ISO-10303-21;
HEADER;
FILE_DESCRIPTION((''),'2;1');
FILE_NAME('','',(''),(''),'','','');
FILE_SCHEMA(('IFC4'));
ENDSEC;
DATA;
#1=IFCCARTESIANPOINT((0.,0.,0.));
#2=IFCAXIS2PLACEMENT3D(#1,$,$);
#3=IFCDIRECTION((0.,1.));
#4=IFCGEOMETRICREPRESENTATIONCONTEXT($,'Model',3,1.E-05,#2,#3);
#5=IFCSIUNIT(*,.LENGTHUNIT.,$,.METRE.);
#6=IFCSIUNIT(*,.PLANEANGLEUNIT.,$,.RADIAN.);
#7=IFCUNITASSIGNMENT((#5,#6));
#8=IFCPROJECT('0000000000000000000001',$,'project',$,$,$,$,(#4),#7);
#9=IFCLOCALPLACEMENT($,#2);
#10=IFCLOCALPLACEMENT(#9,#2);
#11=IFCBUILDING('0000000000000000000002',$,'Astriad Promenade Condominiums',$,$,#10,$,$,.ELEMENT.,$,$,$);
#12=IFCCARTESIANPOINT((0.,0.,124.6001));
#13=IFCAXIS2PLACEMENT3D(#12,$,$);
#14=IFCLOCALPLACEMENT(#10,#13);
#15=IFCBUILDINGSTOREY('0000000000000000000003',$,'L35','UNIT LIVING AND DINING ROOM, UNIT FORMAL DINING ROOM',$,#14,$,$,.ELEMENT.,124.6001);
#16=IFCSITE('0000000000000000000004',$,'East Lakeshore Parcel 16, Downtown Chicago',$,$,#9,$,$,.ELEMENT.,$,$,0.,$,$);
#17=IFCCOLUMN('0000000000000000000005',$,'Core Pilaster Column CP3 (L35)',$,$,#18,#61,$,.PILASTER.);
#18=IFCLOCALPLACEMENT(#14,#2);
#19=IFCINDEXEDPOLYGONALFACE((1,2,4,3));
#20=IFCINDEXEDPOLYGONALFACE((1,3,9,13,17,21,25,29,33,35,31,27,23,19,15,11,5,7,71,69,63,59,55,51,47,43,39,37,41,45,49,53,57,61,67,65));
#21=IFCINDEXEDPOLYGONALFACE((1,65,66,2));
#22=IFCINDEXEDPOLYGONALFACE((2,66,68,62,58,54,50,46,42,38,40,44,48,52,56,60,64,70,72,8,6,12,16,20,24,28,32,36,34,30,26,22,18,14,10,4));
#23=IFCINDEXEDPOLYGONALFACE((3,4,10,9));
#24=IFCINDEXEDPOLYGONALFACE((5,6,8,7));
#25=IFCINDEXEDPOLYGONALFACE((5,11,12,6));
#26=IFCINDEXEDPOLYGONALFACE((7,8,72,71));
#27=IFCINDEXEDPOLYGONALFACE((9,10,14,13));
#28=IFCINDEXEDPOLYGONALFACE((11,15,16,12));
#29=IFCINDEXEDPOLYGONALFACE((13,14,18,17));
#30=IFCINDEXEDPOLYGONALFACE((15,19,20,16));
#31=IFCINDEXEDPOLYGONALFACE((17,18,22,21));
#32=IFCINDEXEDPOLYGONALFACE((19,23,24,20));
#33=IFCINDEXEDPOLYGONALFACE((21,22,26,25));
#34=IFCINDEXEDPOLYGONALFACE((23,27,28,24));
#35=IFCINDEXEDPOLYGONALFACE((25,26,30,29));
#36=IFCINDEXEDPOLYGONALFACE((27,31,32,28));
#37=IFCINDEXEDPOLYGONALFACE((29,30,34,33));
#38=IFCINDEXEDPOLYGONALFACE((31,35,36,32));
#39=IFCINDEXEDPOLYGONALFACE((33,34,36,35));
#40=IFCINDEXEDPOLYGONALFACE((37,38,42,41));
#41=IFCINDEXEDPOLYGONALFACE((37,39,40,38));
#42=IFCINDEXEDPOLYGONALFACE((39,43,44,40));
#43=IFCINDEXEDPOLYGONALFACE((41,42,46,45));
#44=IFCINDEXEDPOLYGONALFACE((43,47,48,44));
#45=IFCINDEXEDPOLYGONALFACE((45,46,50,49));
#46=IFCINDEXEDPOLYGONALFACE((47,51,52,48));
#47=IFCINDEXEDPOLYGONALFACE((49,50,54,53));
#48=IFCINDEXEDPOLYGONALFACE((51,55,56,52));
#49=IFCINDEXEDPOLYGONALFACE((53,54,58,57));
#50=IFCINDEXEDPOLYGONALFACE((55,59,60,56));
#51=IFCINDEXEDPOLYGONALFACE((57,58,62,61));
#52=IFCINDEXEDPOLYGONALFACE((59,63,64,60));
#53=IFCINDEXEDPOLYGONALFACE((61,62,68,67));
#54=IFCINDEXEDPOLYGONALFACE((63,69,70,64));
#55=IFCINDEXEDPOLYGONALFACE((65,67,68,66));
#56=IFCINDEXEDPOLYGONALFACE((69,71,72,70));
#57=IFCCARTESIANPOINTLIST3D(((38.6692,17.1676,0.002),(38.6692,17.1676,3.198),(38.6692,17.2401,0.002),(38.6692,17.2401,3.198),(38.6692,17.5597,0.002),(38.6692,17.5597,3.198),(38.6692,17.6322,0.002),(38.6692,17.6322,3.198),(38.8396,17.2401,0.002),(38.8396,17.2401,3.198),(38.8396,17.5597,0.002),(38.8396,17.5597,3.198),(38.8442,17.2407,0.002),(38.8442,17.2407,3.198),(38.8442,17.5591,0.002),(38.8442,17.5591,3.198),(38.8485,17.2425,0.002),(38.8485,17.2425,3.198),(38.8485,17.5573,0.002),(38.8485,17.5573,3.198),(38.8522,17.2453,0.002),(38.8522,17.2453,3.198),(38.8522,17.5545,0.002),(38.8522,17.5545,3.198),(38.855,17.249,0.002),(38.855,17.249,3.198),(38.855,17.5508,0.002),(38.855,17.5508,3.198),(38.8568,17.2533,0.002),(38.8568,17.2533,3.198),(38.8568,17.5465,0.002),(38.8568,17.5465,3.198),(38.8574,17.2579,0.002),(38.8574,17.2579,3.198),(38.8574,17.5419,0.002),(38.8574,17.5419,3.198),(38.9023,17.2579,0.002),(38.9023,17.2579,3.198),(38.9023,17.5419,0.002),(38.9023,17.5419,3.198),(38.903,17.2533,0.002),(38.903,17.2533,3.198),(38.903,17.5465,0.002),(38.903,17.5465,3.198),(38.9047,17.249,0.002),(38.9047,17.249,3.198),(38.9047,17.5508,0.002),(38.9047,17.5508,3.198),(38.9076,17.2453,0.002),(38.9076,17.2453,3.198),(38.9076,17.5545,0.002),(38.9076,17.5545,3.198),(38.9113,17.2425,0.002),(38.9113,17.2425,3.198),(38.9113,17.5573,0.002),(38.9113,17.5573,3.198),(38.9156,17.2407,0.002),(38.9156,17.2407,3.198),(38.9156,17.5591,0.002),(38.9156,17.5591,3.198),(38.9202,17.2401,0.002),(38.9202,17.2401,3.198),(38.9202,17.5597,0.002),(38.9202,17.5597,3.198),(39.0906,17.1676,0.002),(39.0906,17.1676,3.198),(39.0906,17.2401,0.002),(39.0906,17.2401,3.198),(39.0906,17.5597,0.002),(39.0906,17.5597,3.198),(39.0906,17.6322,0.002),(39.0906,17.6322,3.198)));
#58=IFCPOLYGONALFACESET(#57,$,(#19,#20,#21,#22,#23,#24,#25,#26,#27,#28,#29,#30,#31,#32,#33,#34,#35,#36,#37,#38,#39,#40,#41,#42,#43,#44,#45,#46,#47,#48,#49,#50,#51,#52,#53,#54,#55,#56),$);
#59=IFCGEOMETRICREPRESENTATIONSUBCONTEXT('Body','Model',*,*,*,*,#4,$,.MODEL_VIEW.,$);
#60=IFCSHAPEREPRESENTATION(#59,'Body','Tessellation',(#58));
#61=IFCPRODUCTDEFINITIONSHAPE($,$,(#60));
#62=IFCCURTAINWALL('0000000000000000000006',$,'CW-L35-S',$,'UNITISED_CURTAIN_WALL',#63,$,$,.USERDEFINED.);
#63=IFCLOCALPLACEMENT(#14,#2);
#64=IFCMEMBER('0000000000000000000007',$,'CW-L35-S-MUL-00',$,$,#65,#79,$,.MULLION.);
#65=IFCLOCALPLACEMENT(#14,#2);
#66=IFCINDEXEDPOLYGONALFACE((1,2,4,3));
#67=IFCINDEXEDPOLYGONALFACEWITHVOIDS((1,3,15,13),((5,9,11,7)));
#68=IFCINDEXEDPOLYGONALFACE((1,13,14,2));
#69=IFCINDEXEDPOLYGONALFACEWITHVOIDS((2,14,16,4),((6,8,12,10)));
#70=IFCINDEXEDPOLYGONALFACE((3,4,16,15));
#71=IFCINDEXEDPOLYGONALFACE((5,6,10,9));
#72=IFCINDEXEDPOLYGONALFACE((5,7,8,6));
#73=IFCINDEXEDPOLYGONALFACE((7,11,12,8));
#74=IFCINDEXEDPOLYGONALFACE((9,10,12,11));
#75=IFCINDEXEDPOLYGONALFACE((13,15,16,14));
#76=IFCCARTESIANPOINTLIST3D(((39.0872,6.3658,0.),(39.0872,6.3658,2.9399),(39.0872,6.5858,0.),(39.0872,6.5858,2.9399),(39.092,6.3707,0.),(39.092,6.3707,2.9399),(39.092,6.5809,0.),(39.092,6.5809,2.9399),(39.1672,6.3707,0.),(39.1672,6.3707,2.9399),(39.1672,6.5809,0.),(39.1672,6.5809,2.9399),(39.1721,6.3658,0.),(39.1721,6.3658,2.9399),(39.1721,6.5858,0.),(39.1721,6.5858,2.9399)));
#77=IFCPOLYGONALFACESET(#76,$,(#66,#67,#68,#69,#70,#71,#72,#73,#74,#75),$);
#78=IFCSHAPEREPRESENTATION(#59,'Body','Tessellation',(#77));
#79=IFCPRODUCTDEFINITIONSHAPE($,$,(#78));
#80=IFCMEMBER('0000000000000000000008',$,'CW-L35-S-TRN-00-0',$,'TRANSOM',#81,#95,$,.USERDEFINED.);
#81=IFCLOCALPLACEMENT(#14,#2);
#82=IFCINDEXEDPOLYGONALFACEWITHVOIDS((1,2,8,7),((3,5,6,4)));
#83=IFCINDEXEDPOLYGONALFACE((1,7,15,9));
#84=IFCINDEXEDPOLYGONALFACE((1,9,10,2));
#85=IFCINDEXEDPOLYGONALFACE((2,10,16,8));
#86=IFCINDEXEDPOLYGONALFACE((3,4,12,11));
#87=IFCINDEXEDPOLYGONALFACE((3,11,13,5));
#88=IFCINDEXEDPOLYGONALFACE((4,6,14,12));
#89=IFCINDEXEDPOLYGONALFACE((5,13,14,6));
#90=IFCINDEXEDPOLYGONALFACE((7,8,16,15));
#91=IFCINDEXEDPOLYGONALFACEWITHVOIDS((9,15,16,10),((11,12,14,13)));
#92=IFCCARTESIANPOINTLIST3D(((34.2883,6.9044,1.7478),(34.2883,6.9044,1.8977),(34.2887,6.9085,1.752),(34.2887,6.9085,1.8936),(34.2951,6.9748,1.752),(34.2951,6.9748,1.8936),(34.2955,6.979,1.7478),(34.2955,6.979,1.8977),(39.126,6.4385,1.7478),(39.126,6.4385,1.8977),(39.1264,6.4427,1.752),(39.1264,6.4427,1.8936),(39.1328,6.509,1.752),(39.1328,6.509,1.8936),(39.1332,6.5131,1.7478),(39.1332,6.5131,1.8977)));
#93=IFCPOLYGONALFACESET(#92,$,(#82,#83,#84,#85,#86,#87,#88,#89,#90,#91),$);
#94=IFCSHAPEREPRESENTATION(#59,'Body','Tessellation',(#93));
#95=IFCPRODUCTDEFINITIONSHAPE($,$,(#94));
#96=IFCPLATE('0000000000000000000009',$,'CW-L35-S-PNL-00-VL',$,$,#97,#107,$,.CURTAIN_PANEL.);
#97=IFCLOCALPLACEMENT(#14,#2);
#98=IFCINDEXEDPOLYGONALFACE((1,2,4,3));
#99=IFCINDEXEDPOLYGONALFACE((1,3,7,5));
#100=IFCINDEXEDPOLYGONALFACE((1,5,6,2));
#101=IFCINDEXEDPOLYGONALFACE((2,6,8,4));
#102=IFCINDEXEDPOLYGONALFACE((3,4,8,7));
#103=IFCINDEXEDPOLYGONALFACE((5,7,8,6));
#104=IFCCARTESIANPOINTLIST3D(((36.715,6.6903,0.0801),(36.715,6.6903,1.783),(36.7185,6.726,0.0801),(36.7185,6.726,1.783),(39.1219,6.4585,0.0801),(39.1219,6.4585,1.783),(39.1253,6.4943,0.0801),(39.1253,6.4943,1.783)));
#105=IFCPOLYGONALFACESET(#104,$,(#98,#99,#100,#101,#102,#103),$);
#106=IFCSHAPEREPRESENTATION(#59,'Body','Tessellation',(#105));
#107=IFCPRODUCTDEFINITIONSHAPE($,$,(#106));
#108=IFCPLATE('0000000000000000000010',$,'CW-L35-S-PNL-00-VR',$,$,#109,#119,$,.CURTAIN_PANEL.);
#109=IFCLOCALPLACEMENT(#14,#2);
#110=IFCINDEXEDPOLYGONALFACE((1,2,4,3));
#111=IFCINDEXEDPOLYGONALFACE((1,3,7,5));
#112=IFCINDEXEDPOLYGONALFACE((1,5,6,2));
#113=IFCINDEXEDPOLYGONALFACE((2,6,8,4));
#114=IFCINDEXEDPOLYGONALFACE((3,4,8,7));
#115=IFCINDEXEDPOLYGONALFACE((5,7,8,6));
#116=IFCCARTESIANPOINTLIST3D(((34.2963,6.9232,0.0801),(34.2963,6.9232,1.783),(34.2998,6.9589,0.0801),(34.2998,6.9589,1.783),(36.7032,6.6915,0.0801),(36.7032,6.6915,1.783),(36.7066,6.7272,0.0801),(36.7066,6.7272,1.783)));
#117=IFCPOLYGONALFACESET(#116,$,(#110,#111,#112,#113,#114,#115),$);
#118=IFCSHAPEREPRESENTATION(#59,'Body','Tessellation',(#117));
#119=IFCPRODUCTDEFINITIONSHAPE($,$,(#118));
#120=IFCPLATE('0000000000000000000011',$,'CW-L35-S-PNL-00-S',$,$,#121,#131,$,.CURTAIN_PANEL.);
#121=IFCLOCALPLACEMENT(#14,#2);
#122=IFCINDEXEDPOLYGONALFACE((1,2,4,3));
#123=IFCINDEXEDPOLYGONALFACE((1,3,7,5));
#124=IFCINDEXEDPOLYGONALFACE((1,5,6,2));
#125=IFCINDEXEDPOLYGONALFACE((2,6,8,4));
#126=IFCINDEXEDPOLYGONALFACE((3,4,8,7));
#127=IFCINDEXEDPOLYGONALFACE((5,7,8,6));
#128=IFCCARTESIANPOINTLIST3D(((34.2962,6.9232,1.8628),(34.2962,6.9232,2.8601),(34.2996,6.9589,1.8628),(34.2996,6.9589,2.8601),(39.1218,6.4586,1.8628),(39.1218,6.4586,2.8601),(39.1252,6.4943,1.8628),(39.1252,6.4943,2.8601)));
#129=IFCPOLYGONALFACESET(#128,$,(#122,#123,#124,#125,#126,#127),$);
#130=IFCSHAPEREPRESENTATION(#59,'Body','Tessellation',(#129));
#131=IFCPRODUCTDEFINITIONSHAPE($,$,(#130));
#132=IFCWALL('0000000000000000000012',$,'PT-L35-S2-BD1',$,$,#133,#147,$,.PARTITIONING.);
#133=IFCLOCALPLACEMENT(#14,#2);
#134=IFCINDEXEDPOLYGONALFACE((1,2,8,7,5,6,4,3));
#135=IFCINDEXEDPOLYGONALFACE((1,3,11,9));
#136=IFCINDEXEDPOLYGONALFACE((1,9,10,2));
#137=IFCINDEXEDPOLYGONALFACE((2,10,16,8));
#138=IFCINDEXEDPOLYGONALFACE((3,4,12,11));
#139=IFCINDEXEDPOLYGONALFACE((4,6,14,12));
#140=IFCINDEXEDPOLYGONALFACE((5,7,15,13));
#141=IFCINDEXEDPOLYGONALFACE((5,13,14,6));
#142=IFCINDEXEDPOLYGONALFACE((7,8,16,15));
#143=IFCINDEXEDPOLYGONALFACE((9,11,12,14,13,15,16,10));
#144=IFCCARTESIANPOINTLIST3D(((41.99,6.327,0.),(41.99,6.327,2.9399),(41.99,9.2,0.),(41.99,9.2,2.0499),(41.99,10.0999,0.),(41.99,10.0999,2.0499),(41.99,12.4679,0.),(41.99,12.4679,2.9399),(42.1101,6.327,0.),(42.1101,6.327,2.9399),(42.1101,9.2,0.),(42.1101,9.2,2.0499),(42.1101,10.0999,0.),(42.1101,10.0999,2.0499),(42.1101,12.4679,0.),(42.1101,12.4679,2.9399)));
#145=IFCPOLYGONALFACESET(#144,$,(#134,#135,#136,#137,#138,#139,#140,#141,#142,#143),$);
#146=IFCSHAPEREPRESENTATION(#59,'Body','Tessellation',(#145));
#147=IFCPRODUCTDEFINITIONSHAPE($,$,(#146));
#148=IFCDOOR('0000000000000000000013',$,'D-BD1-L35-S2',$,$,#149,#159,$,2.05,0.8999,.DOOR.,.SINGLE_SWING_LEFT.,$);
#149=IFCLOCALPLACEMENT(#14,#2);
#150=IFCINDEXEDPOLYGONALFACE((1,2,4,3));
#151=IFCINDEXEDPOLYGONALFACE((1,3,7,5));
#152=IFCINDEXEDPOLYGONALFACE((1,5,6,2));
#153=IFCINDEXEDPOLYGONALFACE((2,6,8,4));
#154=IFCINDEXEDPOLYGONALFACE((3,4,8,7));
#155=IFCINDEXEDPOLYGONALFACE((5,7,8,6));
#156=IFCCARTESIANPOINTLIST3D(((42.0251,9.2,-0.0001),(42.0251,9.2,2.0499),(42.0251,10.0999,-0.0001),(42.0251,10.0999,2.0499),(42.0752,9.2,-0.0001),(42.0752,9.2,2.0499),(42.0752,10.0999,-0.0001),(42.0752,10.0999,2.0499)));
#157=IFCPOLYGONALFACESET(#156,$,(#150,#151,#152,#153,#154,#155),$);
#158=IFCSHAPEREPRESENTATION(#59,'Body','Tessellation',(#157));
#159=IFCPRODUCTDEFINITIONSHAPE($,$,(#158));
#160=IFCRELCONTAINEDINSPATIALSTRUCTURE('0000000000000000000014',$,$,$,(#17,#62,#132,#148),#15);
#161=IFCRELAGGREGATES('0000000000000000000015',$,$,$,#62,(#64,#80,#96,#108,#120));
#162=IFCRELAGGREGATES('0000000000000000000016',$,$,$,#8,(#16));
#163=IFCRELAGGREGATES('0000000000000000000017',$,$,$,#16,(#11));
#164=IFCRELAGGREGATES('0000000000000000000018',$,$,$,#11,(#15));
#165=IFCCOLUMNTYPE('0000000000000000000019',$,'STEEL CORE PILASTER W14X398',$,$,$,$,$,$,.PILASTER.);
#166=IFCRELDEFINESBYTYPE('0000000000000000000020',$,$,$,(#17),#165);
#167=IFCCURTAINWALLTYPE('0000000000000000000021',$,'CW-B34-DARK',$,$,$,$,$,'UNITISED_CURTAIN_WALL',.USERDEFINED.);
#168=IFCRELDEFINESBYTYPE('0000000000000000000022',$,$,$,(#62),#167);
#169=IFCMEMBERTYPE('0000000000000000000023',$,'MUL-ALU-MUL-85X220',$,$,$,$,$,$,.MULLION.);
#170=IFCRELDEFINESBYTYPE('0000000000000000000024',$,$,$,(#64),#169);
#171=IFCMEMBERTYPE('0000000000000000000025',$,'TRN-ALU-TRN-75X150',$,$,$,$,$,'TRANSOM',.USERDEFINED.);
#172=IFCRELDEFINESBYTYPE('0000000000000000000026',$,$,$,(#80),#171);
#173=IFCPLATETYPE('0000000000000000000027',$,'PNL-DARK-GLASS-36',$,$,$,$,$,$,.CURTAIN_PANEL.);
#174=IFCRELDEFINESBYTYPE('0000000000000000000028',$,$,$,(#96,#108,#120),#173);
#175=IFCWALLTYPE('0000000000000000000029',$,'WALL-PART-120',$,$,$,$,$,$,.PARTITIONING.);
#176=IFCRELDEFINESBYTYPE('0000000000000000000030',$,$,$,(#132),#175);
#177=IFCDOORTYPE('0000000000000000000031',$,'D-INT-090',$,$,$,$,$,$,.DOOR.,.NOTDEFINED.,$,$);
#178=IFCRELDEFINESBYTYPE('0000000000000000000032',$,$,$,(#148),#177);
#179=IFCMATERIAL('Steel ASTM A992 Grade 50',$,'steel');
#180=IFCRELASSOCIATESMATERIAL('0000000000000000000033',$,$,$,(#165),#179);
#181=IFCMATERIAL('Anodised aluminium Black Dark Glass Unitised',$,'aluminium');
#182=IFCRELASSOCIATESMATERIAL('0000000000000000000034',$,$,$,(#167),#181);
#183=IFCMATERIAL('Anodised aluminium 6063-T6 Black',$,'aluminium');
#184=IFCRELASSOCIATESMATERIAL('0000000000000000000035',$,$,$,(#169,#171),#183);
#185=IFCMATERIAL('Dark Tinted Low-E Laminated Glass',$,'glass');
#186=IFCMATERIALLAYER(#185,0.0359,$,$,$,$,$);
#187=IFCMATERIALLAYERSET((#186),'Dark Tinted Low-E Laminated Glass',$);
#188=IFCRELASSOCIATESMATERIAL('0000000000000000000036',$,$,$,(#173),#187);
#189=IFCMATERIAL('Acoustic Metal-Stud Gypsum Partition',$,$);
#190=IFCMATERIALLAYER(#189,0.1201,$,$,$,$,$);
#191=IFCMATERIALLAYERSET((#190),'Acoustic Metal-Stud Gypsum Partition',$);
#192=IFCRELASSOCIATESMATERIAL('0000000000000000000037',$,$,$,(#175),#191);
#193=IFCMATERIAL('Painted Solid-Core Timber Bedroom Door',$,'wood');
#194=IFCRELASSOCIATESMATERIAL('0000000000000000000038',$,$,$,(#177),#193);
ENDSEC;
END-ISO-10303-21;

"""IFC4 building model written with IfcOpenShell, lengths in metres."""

from ifc_helpers import new_model, si_unit, direction, frame, frame_2d, origin, origin_2d, place, context, subcontext, project, spatial, rectangle, hollow_rectangle, i_section, extrude, source, transform, mapped, material, layer, layer_set, material_profile, profile_set, type_object, type_shapes, element, fill, aggregate, save


model = new_model("IFC4")

# Units and contexts
model_context = context("Model", 3, precision=1e-05, world=origin(), true_north=direction((0.0, 1.0)))
body_context = subcontext(model_context, "Body", "Model", "MODEL_VIEW")
ifc_project = project(units=[si_unit("LENGTHUNIT", "METRE"), si_unit("PLANEANGLEUNIT", "RADIAN")], contexts=[model_context])

# Site, building, storey
site_placement = place(None, origin())
site = spatial("IfcSite", under=ifc_project, at=site_placement, Name="East Lakeshore Parcel 16, Downtown Chicago", CompositionType="ELEMENT", RefElevation=0.0)
building_placement = place(site_placement, origin())
building = spatial("IfcBuilding", under=site, at=building_placement, Name="Astriad Promenade Condominiums", CompositionType="ELEMENT")
storey_placement = place(building_placement, frame((0.0, 0.0, 124.6001)))
storey = spatial("IfcBuildingStorey", under=building, at=storey_placement, Name="L35", Description="UNIT LIVING AND DINING ROOM, UNIT FORMAL DINING ROOM", CompositionType="ELEMENT", Elevation=124.6001)

# Column
ifc_material_1 = material(Name="Steel ASTM A992 Grade 50", Category="steel")
ifc_material_profile_1 = material_profile(ifc_material_1, i_section(OverallWidth=0.4214, OverallDepth=0.4646, WebThickness=0.0449, FlangeThickness=0.0725, FilletRadius=0.0178, at=origin_2d()), Name="W14X398")
ifc_profile_set_1 = profile_set([ifc_material_profile_1], Name="Steel ASTM A992 Grade 50")
column_type = type_object("IfcColumnType", Name="STEEL CORE PILASTER W14X398", PredefinedType="PILASTER", material=ifc_profile_set_1)
shared_shape_1 = source(origin(), body_context, "Body", "SweptSolid", [
    extrude(i_section(OverallWidth=0.4214, OverallDepth=0.4646, WebThickness=0.0449, FlangeThickness=0.0725, FilletRadius=0.0178, at=origin_2d()), origin(), (0.0, 0.0, 1.0), 3.196),
])
type_shapes(column_type, [shared_shape_1])
column_placement = place(storey_placement, frame((38.8799, 17.3999, 0.002), z_axis=(0.0, 0.0, 1.0), x_axis=(1.0, 0.0, 0.0)))
element("IfcColumn", 1, at=column_placement, inside=storey, type_object=column_type, Name="Core Pilaster Column CP3 (L35)", PredefinedType="PILASTER", context=body_context, shape_type="MappedRepresentation", body=[
    mapped(shared_shape_1, transform((0.0, 0.0, 0.0), scale=1.0)),
])

# Curtain wall, members, plates
ifc_material_2 = material(Name="Anodised aluminium Black Dark Glass Unitised", Category="aluminium")
curtain_wall_type = type_object("IfcCurtainWallType", Name="CW-B34-DARK", ElementType="UNITISED_CURTAIN_WALL", PredefinedType="USERDEFINED", material=ifc_material_2)
curtain_wall_placement = place(storey_placement, origin())
curtain_wall = element("IfcCurtainWall", 2, at=curtain_wall_placement, inside=storey, type_object=curtain_wall_type, Name="CW-L35-S", ObjectType="UNITISED_CURTAIN_WALL", PredefinedType="USERDEFINED")
ifc_material_3 = material(Name="Anodised aluminium 6063-T6 Black", Category="aluminium")
ifc_material_profile_2 = material_profile(ifc_material_3, hollow_rectangle(XDim=0.085, YDim=0.22, WallThickness=0.0049, at=origin_2d()), Name="ALU-MUL-85X220")
ifc_profile_set_2 = profile_set([ifc_material_profile_2], Name="Anodised aluminium 6063-T6 Black")
member_type_1 = type_object("IfcMemberType", Name="MUL-ALU-MUL-85X220", PredefinedType="MULLION", material=ifc_profile_set_2)
shared_shape_2 = source(origin(), body_context, "Body", "SweptSolid", [
    extrude(hollow_rectangle(XDim=0.085, YDim=0.22, WallThickness=0.0049, at=origin_2d()), origin(), (0.0, 0.0, 1.0), 2.9399),
])
type_shapes(member_type_1, [shared_shape_2])
member_1_placement = place(storey_placement, frame((39.1296, 6.4758, 0.0), z_axis=(0.0, 0.0, 1.0), x_axis=(1.0, 0.0, 0.0)))
member_1 = element("IfcMember", 3, at=member_1_placement, type_object=member_type_1, Name="CW-L35-S-MUL-00", PredefinedType="MULLION", context=body_context, shape_type="MappedRepresentation", body=[
    mapped(shared_shape_2, transform((0.0, 0.0, 0.0), scale=1.0)),
])
ifc_material_profile_3 = material_profile(ifc_material_3, hollow_rectangle(XDim=0.075, YDim=0.1499, WallThickness=0.0042, at=origin_2d()), Name="ALU-TRN-75X150")
ifc_profile_set_3 = profile_set([ifc_material_profile_3], Name="Anodised aluminium 6063-T6 Black")
member_type_2 = type_object("IfcMemberType", Name="TRN-ALU-TRN-75X150", ElementType="TRANSOM", PredefinedType="USERDEFINED", material=ifc_profile_set_3)
shared_shape_3 = source(origin(), body_context, "Body", "SweptSolid", [
    extrude(hollow_rectangle(XDim=0.075, YDim=0.1499, WallThickness=0.0042, at=origin_2d()), origin(), (0.0, 0.0, 1.0), 4.8601),
])
type_shapes(member_type_2, [shared_shape_3])
member_2_placement = place(storey_placement, frame((39.1296, 6.4758, 1.8228), z_axis=(-0.995396, 0.095847, 0.0), x_axis=(-0.095847, -0.995396, 0.0)))
member_2 = element("IfcMember", 4, at=member_2_placement, type_object=member_type_2, Name="CW-L35-S-TRN-00-0", ObjectType="TRANSOM", PredefinedType="USERDEFINED", context=body_context, shape_type="MappedRepresentation", body=[
    mapped(shared_shape_3, transform((0.0, 0.0, 0.0), scale=1.0)),
])
ifc_material_4 = material(Name="Dark Tinted Low-E Laminated Glass", Category="glass")
ifc_layer_1 = layer(ifc_material_4, 0.0359)
ifc_layer_set_1 = layer_set([ifc_layer_1], Name="Dark Tinted Low-E Laminated Glass")
plate_type = type_object("IfcPlateType", Name="PNL-DARK-GLASS-36", PredefinedType="CURTAIN_PANEL", material=ifc_layer_set_1)
shared_shape_4 = source(origin(), body_context, "Body", "SweptSolid", [
    extrude(rectangle(XDim=2.418, YDim=0.0359, at=origin_2d()), origin(), (0.0, 0.0, 1.0), 1.7029),
])
plate_1_placement = place(storey_placement, frame((37.9202, 6.5923, 0.0801), z_axis=(0.0, 0.0, 1.0), x_axis=(-0.995396, 0.095846, 0.0)))
plate_1 = element("IfcPlate", 5, at=plate_1_placement, type_object=plate_type, Name="CW-L35-S-PNL-00-VL", PredefinedType="CURTAIN_PANEL", context=body_context, shape_type="MappedRepresentation", body=[
    mapped(shared_shape_4, transform((0.0, 0.0, 0.0), scale=1.0)),
])
plate_2_placement = place(storey_placement, frame((35.5015, 6.8252, 0.0801), z_axis=(0.0, 0.0, 1.0), x_axis=(-0.995396, 0.095846, 0.0)))
plate_2 = element("IfcPlate", 6, at=plate_2_placement, type_object=plate_type, Name="CW-L35-S-PNL-00-VR", PredefinedType="CURTAIN_PANEL", context=body_context, shape_type="MappedRepresentation", body=[
    mapped(shared_shape_4, transform((0.0, 0.0, 0.0), scale=1.0)),
])
shared_shape_5 = source(origin(), body_context, "Body", "SweptSolid", [
    extrude(rectangle(XDim=4.8479, YDim=0.0359, at=origin_2d()), origin(), (0.0, 0.0, 1.0), 0.9973),
])
type_shapes(plate_type, [shared_shape_4, shared_shape_5])
plate_3_placement = place(storey_placement, frame((36.7107, 6.7087, 1.8628), z_axis=(0.0, 0.0, 1.0), x_axis=(-0.995396, 0.095846, 0.0)))
plate_3 = element("IfcPlate", 7, at=plate_3_placement, type_object=plate_type, Name="CW-L35-S-PNL-00-S", PredefinedType="CURTAIN_PANEL", context=body_context, shape_type="MappedRepresentation", body=[
    mapped(shared_shape_5, transform((0.0, 0.0, 0.0), scale=1.0)),
])
aggregate(curtain_wall, [member_1, member_2, plate_1, plate_2, plate_3])

# Wall, opening, door
ifc_material_5 = material(Name="Acoustic Metal-Stud Gypsum Partition")
ifc_layer_2 = layer(ifc_material_5, 0.1201)
ifc_layer_set_2 = layer_set([ifc_layer_2], Name="Acoustic Metal-Stud Gypsum Partition")
wall_type_1 = type_object("IfcWallType", Name="WALL-PART-120", PredefinedType="PARTITIONING", material=ifc_layer_set_2)
wall_1_placement = place(storey_placement, frame((42.05, 6.3271, 0.0), z_axis=(0.0, 0.0, 1.0), x_axis=(0.0, 1.0, 0.0)))
wall_1 = element("IfcWall", 8, at=wall_1_placement, inside=storey, type_object=wall_type_1, Name="PT-L35-S2-BD1", PredefinedType="PARTITIONING", context=body_context, shape_type="SweptSolid", body=[
    extrude(rectangle(XDim=6.1409, YDim=0.1201, at=frame_2d((3.0703, 0.0))), origin(), (0.0, 0.0, 1.0), 2.9399),
])
opening_1_placement = place(wall_1_placement, frame((2.8728, 0.0, 0.0)))
opening_1 = element("IfcOpeningElement", 9, at=opening_1_placement, cuts=wall_1, PredefinedType="OPENING", context=body_context, shape_type="SweptSolid", body=[
    extrude(rectangle(XDim=0.8999, YDim=2.05, at=frame_2d((0.45, 1.0249))), frame((0.0, 0.0701, 0.0), z_axis=(0.0, -1.0, 0.0), x_axis=(1.0, 0.0, 0.0)), (0.0, 0.0, 1.0), 0.1401),
])
ifc_material_6 = material(Name="Painted Solid-Core Timber Bedroom Door", Category="wood")
door_type_1 = type_object("IfcDoorType", Name="D-INT-090", OperationType="NOTDEFINED", PredefinedType="DOOR", material=ifc_material_6)
shared_shape_6 = source(origin(), body_context, "Body", "SweptSolid", [
    extrude(rectangle(XDim=0.8999, YDim=2.05, at=frame_2d((0.45, 1.0249))), frame((0.0, 0.0249, 0.0), z_axis=(0.0, -1.0, 0.0), x_axis=(1.0, 0.0, 0.0)), (0.0, 0.0, 1.0), 0.05),
])
type_shapes(door_type_1, [shared_shape_6])
door_1_placement = place(opening_1_placement, origin())
door_1 = element("IfcDoor", 10, at=door_1_placement, inside=storey, type_object=door_type_1, Name="D-BD1-L35-S2", OperationType="SINGLE_SWING_LEFT", OverallHeight=2.05, OverallWidth=0.8999, PredefinedType="DOOR", context=body_context, shape_type="MappedRepresentation", body=[
    mapped(shared_shape_6, transform((0.0, 0.0, 0.0), scale=1.0)),
])
fill(opening_1, door_1)

save(model, "model.ifc")
